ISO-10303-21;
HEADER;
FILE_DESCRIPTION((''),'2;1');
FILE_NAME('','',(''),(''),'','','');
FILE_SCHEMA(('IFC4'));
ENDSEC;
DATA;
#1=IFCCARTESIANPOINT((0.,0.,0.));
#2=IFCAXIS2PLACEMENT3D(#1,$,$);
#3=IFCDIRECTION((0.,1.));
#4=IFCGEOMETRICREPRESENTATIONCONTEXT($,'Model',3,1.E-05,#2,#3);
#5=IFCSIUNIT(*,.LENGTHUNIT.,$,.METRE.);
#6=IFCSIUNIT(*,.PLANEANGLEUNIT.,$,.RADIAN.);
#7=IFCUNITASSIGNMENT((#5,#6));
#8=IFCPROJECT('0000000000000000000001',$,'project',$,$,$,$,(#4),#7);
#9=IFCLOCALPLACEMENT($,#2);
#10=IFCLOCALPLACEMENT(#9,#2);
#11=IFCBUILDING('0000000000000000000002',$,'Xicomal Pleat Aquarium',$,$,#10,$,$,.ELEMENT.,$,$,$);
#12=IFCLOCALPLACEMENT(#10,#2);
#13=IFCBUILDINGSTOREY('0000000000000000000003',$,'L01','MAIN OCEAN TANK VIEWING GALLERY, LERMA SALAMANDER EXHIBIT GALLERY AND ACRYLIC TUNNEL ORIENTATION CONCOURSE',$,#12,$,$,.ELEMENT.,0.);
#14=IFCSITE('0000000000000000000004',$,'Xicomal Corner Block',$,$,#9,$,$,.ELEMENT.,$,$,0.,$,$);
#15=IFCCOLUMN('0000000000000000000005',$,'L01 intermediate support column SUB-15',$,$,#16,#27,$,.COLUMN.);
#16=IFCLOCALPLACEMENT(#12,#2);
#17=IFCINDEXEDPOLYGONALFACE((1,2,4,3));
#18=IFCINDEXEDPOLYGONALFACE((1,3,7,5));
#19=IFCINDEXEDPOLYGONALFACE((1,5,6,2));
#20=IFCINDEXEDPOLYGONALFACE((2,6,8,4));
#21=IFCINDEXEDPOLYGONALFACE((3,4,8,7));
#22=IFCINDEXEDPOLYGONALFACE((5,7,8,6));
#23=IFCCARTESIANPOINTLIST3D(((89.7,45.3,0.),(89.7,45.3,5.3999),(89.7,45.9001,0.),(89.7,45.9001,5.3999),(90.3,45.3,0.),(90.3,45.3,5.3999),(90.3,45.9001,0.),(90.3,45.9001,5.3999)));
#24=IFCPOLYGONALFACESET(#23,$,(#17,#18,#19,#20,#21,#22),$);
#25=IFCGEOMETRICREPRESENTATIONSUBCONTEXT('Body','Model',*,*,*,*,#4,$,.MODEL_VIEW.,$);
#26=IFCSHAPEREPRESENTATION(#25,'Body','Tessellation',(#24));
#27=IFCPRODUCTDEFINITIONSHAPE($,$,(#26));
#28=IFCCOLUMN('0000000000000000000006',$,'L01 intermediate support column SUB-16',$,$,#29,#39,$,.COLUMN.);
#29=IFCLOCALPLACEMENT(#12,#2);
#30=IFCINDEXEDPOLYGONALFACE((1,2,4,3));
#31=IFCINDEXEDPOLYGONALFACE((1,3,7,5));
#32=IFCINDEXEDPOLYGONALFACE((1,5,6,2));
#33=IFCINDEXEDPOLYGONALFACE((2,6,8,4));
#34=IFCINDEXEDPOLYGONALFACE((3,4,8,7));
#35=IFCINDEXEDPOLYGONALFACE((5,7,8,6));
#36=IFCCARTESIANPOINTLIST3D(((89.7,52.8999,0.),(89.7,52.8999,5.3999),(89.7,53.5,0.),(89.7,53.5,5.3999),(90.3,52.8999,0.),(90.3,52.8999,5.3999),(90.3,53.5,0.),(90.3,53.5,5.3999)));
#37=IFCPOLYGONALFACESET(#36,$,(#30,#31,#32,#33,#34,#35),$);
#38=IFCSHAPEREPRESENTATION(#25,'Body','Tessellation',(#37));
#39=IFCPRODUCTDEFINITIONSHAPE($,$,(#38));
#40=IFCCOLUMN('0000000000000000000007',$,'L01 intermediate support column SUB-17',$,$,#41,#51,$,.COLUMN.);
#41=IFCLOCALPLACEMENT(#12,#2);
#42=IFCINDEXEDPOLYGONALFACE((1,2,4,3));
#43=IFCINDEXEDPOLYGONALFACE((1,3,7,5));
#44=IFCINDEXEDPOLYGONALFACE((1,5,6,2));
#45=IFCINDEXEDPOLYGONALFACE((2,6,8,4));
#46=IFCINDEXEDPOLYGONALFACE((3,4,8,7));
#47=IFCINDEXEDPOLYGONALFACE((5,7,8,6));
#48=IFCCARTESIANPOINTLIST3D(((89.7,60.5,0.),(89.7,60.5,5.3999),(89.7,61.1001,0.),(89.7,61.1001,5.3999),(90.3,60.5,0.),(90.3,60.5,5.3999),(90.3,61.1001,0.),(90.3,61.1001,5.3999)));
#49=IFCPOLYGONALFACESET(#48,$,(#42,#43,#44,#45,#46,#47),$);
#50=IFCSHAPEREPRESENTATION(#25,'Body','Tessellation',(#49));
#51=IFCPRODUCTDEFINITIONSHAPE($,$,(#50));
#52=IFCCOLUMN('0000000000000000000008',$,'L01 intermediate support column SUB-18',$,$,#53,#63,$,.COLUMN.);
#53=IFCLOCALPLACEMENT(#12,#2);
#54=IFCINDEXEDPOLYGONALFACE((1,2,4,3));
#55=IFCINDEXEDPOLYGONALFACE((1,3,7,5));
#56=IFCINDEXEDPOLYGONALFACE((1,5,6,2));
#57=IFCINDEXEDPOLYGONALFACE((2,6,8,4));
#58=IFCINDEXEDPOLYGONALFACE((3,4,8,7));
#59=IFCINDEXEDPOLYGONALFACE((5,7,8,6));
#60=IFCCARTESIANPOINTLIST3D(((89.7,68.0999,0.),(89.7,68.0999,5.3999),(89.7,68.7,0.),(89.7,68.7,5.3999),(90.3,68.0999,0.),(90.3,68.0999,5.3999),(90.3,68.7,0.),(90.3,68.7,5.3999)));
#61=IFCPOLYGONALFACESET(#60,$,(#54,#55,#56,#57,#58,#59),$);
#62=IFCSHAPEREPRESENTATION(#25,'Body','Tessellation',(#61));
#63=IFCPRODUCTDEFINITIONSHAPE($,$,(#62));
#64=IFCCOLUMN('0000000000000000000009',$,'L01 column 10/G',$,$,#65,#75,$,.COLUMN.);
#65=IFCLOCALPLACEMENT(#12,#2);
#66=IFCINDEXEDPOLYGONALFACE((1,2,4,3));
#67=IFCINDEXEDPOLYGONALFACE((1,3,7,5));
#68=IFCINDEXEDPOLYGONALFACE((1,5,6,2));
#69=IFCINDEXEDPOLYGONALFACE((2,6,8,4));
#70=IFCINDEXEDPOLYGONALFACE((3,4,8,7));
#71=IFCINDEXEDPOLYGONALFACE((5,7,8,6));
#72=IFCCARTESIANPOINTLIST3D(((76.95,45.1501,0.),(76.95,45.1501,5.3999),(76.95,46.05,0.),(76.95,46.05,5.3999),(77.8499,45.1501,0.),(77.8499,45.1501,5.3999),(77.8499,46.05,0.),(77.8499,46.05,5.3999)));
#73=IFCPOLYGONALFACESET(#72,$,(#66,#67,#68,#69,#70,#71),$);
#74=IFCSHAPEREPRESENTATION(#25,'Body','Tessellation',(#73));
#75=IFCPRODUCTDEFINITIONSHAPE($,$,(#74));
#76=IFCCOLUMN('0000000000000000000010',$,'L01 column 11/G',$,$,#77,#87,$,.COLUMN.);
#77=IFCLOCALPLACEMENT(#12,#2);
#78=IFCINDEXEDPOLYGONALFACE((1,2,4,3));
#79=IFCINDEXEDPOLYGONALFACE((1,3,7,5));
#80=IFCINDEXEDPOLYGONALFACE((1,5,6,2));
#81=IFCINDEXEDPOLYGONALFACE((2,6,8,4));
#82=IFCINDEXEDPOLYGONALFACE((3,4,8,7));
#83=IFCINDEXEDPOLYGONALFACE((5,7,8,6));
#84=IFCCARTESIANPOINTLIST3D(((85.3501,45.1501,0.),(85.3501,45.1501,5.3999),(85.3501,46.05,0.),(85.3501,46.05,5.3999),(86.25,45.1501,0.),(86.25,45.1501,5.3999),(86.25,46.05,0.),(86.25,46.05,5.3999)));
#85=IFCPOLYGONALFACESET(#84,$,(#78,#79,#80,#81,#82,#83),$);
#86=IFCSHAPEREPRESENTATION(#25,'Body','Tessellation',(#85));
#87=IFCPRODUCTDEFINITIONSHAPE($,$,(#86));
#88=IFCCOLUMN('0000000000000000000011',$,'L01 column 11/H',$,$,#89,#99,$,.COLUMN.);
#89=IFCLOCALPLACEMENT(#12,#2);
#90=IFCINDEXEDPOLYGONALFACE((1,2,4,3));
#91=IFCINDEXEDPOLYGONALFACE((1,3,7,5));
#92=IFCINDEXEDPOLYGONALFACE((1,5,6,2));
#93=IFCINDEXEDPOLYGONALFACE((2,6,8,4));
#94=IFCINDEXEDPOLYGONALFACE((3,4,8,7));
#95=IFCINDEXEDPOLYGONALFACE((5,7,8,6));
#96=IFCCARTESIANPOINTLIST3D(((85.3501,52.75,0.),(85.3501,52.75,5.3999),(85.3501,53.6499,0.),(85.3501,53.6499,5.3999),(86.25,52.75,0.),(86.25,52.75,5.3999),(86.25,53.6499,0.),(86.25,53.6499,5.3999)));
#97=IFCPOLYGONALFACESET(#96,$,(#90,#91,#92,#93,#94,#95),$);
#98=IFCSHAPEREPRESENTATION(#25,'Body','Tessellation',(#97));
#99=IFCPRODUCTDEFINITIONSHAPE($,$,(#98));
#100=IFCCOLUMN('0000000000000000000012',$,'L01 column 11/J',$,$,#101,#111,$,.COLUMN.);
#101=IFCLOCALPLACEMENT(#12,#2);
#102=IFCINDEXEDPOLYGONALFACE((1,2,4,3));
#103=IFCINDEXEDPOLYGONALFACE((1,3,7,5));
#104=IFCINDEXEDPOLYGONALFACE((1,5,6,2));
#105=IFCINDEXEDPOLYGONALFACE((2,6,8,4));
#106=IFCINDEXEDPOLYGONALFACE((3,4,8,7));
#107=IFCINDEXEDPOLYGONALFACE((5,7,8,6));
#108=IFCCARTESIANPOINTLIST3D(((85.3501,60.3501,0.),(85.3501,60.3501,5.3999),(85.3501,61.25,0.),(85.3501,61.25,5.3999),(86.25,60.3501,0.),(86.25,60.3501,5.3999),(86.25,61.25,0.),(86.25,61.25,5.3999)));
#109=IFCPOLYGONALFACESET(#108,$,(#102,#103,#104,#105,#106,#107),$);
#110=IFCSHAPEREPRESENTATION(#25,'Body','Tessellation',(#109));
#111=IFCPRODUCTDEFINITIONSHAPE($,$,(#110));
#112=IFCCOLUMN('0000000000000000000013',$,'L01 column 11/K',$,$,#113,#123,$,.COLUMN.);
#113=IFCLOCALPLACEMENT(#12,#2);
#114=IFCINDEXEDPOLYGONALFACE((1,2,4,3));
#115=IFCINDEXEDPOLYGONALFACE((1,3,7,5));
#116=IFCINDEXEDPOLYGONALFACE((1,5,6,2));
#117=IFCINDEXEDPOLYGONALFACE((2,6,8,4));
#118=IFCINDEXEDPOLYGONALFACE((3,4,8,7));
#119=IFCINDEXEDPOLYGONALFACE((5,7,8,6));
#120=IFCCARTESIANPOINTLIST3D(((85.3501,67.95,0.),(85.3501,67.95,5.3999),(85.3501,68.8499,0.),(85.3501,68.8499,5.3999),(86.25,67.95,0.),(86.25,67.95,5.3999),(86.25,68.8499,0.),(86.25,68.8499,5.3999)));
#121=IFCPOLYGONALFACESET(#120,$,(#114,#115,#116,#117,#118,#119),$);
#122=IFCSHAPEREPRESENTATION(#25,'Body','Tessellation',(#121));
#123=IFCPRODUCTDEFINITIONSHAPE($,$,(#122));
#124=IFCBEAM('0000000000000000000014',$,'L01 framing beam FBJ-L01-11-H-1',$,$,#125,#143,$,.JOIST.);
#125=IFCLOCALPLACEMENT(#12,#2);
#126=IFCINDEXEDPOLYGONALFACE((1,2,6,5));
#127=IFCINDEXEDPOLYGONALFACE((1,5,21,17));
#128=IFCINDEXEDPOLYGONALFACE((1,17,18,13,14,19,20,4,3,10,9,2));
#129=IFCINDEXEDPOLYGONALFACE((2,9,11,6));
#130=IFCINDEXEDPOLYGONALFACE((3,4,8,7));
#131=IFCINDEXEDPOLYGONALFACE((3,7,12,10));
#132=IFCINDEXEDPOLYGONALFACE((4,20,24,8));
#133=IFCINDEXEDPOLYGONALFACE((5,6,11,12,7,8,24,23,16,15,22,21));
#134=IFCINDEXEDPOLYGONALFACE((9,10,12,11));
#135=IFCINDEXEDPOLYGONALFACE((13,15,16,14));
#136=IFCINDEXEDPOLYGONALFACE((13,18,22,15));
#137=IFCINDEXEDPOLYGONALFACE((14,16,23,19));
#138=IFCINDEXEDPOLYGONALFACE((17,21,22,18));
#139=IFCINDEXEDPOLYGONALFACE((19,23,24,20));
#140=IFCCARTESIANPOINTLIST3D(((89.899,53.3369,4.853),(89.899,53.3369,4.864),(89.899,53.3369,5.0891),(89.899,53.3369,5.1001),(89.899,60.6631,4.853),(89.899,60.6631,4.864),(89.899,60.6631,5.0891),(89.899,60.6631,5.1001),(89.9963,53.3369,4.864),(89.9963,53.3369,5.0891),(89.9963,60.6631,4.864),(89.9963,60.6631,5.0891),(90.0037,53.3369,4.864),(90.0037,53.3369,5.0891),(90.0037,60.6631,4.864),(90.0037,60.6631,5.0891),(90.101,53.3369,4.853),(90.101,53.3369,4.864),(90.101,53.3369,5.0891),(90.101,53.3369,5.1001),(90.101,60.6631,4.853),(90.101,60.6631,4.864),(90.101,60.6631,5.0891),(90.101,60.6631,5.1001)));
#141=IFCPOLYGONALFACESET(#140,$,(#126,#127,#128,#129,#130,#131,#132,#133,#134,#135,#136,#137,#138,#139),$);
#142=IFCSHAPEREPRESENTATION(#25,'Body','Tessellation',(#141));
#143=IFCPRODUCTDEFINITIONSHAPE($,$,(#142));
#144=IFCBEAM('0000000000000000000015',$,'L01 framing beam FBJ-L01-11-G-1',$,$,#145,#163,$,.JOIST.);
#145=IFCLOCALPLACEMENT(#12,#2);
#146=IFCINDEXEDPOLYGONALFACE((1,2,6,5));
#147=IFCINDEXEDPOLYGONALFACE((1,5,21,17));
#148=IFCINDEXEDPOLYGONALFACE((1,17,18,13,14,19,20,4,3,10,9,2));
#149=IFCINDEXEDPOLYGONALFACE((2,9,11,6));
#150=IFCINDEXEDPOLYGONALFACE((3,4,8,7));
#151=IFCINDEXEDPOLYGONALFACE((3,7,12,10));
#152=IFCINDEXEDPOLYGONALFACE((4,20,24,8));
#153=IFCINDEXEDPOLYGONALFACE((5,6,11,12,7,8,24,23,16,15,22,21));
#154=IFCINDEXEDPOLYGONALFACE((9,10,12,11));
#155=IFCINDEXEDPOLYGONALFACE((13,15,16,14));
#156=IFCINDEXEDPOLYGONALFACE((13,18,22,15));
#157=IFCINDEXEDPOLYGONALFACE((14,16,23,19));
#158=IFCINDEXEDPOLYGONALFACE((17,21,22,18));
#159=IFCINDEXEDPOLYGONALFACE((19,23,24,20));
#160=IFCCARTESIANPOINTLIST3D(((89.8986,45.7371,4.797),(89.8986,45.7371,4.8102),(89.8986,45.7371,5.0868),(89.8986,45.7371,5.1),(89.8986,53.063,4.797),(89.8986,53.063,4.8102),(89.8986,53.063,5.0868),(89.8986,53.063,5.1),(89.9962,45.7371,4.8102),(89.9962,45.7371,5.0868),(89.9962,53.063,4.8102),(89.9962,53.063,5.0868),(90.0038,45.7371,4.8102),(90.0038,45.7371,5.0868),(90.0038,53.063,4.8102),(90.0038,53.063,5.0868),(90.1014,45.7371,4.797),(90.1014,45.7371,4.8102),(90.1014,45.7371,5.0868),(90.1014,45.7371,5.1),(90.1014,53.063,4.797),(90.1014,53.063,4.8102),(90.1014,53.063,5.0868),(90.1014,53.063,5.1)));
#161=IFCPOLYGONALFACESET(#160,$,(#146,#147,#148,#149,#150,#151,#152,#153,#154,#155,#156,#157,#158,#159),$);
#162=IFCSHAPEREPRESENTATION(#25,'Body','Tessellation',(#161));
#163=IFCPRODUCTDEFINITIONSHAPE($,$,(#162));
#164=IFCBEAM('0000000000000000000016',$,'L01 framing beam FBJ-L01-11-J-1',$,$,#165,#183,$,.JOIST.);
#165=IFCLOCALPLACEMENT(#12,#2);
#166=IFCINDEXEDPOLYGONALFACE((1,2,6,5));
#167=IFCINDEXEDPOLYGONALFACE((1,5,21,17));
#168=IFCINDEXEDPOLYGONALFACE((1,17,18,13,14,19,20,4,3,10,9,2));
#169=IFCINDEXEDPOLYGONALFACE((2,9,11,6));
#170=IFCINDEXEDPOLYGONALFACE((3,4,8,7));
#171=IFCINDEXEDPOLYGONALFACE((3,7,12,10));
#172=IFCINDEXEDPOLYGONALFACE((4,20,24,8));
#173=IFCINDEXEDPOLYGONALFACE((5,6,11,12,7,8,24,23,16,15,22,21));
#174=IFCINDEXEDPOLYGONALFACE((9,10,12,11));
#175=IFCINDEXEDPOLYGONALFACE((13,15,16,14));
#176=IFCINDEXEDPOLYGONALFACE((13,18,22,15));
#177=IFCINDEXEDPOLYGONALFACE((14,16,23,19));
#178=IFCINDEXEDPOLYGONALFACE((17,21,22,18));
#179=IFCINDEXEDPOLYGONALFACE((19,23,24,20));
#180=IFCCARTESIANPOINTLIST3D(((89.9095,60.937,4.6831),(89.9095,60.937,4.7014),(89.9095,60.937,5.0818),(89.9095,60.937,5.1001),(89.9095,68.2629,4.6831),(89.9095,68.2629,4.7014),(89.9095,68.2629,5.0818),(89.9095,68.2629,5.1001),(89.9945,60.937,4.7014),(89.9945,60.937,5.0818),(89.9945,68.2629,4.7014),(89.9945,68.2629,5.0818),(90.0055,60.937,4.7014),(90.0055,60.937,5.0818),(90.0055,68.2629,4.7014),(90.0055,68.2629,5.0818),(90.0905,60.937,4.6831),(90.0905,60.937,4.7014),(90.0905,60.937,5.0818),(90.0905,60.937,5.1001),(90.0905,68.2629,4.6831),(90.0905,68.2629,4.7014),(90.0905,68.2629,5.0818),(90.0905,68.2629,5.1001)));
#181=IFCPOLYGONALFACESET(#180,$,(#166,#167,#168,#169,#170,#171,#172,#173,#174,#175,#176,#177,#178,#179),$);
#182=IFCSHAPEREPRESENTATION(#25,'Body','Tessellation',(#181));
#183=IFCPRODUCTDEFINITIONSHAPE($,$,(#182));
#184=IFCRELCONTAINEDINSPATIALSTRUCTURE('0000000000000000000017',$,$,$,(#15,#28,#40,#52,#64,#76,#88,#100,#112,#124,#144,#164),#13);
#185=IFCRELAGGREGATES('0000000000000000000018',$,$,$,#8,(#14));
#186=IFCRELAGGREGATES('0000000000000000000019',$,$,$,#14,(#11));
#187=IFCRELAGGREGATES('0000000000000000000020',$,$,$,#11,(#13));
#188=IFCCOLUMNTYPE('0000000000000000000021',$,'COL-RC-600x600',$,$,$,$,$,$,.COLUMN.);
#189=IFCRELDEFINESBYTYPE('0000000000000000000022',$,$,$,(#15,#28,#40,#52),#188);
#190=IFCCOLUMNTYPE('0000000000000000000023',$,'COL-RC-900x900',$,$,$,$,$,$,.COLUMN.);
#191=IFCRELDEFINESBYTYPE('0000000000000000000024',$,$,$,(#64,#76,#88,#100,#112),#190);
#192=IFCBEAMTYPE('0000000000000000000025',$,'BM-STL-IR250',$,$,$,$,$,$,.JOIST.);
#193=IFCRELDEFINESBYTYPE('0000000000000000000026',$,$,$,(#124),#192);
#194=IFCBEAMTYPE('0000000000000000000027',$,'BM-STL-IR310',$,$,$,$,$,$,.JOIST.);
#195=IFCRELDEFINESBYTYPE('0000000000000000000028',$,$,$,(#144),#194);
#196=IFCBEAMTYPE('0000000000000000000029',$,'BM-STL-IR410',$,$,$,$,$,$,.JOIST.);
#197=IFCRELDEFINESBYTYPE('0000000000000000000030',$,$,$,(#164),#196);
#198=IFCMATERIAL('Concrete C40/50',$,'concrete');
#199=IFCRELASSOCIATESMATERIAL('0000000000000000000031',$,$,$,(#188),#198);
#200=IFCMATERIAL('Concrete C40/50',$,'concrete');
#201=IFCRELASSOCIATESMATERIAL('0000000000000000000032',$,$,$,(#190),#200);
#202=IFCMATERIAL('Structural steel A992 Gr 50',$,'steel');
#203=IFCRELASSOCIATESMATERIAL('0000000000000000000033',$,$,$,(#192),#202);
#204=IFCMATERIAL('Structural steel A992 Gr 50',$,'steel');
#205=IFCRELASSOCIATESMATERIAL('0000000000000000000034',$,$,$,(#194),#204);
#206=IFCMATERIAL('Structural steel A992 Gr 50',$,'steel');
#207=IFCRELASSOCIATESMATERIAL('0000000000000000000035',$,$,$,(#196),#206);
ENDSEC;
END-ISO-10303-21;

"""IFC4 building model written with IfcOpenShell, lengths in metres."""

from ifc_helpers import new_model, si_unit, direction, frame, origin, origin_2d, place, context, subcontext, project, spatial, rectangle, i_section, extrude, material, material_profile, profile_set, type_object, element, save


model = new_model("IFC4")

# Units and contexts
model_context = context("Model", 3, precision=1e-05, world=origin(), true_north=direction((0.0, 1.0)))
body_context = subcontext(model_context, "Body", "Model", "MODEL_VIEW")
ifc_project = project(units=[si_unit("LENGTHUNIT", "METRE"), si_unit("PLANEANGLEUNIT", "RADIAN")], contexts=[model_context])

# Site, building, storey
site_placement = place(None, origin())
site = spatial("IfcSite", under=ifc_project, at=site_placement, Name="Xicomal Corner Block", CompositionType="ELEMENT", RefElevation=0.0)
building_placement = place(site_placement, origin())
building = spatial("IfcBuilding", under=site, at=building_placement, Name="Xicomal Pleat Aquarium", CompositionType="ELEMENT")
storey_placement = place(building_placement, origin())
storey = spatial("IfcBuildingStorey", under=building, at=storey_placement, Name="L01", Description="MAIN OCEAN TANK VIEWING GALLERY, LERMA SALAMANDER EXHIBIT GALLERY AND ACRYLIC TUNNEL ORIENTATION CONCOURSE", CompositionType="ELEMENT", Elevation=0.0)

# Columns
ifc_material_1 = material(Name="Concrete C40/50", Category="concrete")
ifc_material_profile_1 = material_profile(ifc_material_1, rectangle(XDim=0.6001, YDim=0.6001, at=origin_2d()), Name="RC 600x600")
ifc_profile_set_1 = profile_set([ifc_material_profile_1], Name="Concrete C40/50")
column_type_1 = type_object("IfcColumnType", Name="COL-RC-600x600", PredefinedType="COLUMN", material=ifc_profile_set_1)
for number, where, z_axis, x_axis, name in (
    (1, (90.0, 45.6001, 0.0), (0.0, 0.0, 1.0), (1.0, 0.0, 0.0), "L01 intermediate support column SUB-15"),
    (2, (90.0, 53.2, 0.0), (0.0, 0.0, 1.0), (1.0, 0.0, 0.0), "L01 intermediate support column SUB-16"),
    (3, (90.0, 60.8, 0.0), (0.0, 0.0, 1.0), (1.0, 0.0, 0.0), "L01 intermediate support column SUB-17"),
    (4, (90.0, 68.3999, 0.0), (0.0, 0.0, 1.0), (1.0, 0.0, 0.0), "L01 intermediate support column SUB-18"),
):
    element("IfcColumn", number, at=place(storey_placement, frame(where, z_axis=z_axis, x_axis=x_axis)), inside=storey, type_object=column_type_1, Name=name, PredefinedType="COLUMN", context=body_context, shape_type="SweptSolid", body=[
        extrude(rectangle(XDim=0.6001, YDim=0.6001, at=origin_2d()), origin(), (0.0, 0.0, 1.0), 5.3999),
    ])
ifc_material_2 = material(Name="Concrete C40/50", Category="concrete")
ifc_material_profile_2 = material_profile(ifc_material_2, rectangle(XDim=0.8999, YDim=0.8999, at=origin_2d()), Name="RC 900x900")
ifc_profile_set_2 = profile_set([ifc_material_profile_2], Name="Concrete C40/50")
column_type_2 = type_object("IfcColumnType", Name="COL-RC-900x900", PredefinedType="COLUMN", material=ifc_profile_set_2)
for number, where, z_axis, x_axis, name in (
    (5, (77.3999, 45.6001, 0.0), (0.0, 0.0, 1.0), (1.0, 0.0, 0.0), "L01 column 10/G"),
    (6, (85.8, 45.6001, 0.0), (0.0, 0.0, 1.0), (1.0, 0.0, 0.0), "L01 column 11/G"),
    (7, (85.8, 53.2, 0.0), (0.0, 0.0, 1.0), (1.0, 0.0, 0.0), "L01 column 11/H"),
    (8, (85.8, 60.8, 0.0), (0.0, 0.0, 1.0), (1.0, 0.0, 0.0), "L01 column 11/J"),
    (9, (85.8, 68.3999, 0.0), (0.0, 0.0, 1.0), (1.0, 0.0, 0.0), "L01 column 11/K"),
):
    element("IfcColumn", number, at=place(storey_placement, frame(where, z_axis=z_axis, x_axis=x_axis)), inside=storey, type_object=column_type_2, Name=name, PredefinedType="COLUMN", context=body_context, shape_type="SweptSolid", body=[
        extrude(rectangle(XDim=0.8999, YDim=0.8999, at=origin_2d()), origin(), (0.0, 0.0, 1.0), 5.3999),
    ])

# Beams
ifc_material_3 = material(Name="Structural steel A992 Gr 50", Category="steel")
ifc_material_profile_3 = material_profile(ifc_material_3, i_section(OverallWidth=0.2019, OverallDepth=0.2471, WebThickness=0.0073, FlangeThickness=0.011, at=origin_2d()), Name="IR 250x49")
ifc_profile_set_3 = profile_set([ifc_material_profile_3], Name="Structural steel A992 Gr 50")
beam_type_1 = type_object("IfcBeamType", Name="BM-STL-IR250", PredefinedType="JOIST", material=ifc_profile_set_3)
beam_1_placement = place(storey_placement, frame((90.0, 53.3369, 4.9766), z_axis=(0.0, 1.0, 0.0), x_axis=(-1.0, 0.0, 0.0)))
element("IfcBeam", 10, at=beam_1_placement, inside=storey, type_object=beam_type_1, Name="L01 framing beam FBJ-L01-11-H-1", PredefinedType="JOIST", context=body_context, shape_type="SweptSolid", body=[
    extrude(i_section(OverallWidth=0.2019, OverallDepth=0.2471, WebThickness=0.0073, FlangeThickness=0.011, at=origin_2d()), origin(), (0.0, 0.0, 1.0), 7.3262),
])
ifc_material_4 = material(Name="Structural steel A992 Gr 50", Category="steel")
ifc_material_profile_4 = material_profile(ifc_material_4, i_section(OverallWidth=0.2029, OverallDepth=0.303, WebThickness=0.0076, FlangeThickness=0.0132, at=origin_2d()), Name="IR 310x60")
ifc_profile_set_4 = profile_set([ifc_material_profile_4], Name="Structural steel A992 Gr 50")
beam_type_2 = type_object("IfcBeamType", Name="BM-STL-IR310", PredefinedType="JOIST", material=ifc_profile_set_4)
beam_2_placement = place(storey_placement, frame((90.0, 45.7371, 4.9485), z_axis=(0.0, 1.0, 0.0), x_axis=(-1.0, 0.0, 0.0)))
element("IfcBeam", 11, at=beam_2_placement, inside=storey, type_object=beam_type_2, Name="L01 framing beam FBJ-L01-11-G-1", PredefinedType="JOIST", context=body_context, shape_type="SweptSolid", body=[
    extrude(i_section(OverallWidth=0.2029, OverallDepth=0.303, WebThickness=0.0076, FlangeThickness=0.0132, at=origin_2d()), origin(), (0.0, 0.0, 1.0), 7.3259),
])
ifc_material_5 = material(Name="Structural steel A992 Gr 50", Category="steel")
ifc_material_profile_5 = material_profile(ifc_material_5, i_section(OverallWidth=0.1809, OverallDepth=0.417, WebThickness=0.011, FlangeThickness=0.0183, at=origin_2d()), Name="IR 410x85")
ifc_profile_set_5 = profile_set([ifc_material_profile_5], Name="Structural steel A992 Gr 50")
beam_type_3 = type_object("IfcBeamType", Name="BM-STL-IR410", PredefinedType="JOIST", material=ifc_profile_set_5)
beam_3_placement = place(storey_placement, frame((90.0, 60.937, 4.8916), z_axis=(0.0, 1.0, 0.0), x_axis=(-1.0, 0.0, 0.0)))
element("IfcBeam", 12, at=beam_3_placement, inside=storey, type_object=beam_type_3, Name="L01 framing beam FBJ-L01-11-J-1", PredefinedType="JOIST", context=body_context, shape_type="SweptSolid", body=[
    extrude(i_section(OverallWidth=0.1809, OverallDepth=0.417, WebThickness=0.011, FlangeThickness=0.0183, at=origin_2d()), origin(), (0.0, 0.0, 1.0), 7.3259),
])

save(model, "model.ifc")
